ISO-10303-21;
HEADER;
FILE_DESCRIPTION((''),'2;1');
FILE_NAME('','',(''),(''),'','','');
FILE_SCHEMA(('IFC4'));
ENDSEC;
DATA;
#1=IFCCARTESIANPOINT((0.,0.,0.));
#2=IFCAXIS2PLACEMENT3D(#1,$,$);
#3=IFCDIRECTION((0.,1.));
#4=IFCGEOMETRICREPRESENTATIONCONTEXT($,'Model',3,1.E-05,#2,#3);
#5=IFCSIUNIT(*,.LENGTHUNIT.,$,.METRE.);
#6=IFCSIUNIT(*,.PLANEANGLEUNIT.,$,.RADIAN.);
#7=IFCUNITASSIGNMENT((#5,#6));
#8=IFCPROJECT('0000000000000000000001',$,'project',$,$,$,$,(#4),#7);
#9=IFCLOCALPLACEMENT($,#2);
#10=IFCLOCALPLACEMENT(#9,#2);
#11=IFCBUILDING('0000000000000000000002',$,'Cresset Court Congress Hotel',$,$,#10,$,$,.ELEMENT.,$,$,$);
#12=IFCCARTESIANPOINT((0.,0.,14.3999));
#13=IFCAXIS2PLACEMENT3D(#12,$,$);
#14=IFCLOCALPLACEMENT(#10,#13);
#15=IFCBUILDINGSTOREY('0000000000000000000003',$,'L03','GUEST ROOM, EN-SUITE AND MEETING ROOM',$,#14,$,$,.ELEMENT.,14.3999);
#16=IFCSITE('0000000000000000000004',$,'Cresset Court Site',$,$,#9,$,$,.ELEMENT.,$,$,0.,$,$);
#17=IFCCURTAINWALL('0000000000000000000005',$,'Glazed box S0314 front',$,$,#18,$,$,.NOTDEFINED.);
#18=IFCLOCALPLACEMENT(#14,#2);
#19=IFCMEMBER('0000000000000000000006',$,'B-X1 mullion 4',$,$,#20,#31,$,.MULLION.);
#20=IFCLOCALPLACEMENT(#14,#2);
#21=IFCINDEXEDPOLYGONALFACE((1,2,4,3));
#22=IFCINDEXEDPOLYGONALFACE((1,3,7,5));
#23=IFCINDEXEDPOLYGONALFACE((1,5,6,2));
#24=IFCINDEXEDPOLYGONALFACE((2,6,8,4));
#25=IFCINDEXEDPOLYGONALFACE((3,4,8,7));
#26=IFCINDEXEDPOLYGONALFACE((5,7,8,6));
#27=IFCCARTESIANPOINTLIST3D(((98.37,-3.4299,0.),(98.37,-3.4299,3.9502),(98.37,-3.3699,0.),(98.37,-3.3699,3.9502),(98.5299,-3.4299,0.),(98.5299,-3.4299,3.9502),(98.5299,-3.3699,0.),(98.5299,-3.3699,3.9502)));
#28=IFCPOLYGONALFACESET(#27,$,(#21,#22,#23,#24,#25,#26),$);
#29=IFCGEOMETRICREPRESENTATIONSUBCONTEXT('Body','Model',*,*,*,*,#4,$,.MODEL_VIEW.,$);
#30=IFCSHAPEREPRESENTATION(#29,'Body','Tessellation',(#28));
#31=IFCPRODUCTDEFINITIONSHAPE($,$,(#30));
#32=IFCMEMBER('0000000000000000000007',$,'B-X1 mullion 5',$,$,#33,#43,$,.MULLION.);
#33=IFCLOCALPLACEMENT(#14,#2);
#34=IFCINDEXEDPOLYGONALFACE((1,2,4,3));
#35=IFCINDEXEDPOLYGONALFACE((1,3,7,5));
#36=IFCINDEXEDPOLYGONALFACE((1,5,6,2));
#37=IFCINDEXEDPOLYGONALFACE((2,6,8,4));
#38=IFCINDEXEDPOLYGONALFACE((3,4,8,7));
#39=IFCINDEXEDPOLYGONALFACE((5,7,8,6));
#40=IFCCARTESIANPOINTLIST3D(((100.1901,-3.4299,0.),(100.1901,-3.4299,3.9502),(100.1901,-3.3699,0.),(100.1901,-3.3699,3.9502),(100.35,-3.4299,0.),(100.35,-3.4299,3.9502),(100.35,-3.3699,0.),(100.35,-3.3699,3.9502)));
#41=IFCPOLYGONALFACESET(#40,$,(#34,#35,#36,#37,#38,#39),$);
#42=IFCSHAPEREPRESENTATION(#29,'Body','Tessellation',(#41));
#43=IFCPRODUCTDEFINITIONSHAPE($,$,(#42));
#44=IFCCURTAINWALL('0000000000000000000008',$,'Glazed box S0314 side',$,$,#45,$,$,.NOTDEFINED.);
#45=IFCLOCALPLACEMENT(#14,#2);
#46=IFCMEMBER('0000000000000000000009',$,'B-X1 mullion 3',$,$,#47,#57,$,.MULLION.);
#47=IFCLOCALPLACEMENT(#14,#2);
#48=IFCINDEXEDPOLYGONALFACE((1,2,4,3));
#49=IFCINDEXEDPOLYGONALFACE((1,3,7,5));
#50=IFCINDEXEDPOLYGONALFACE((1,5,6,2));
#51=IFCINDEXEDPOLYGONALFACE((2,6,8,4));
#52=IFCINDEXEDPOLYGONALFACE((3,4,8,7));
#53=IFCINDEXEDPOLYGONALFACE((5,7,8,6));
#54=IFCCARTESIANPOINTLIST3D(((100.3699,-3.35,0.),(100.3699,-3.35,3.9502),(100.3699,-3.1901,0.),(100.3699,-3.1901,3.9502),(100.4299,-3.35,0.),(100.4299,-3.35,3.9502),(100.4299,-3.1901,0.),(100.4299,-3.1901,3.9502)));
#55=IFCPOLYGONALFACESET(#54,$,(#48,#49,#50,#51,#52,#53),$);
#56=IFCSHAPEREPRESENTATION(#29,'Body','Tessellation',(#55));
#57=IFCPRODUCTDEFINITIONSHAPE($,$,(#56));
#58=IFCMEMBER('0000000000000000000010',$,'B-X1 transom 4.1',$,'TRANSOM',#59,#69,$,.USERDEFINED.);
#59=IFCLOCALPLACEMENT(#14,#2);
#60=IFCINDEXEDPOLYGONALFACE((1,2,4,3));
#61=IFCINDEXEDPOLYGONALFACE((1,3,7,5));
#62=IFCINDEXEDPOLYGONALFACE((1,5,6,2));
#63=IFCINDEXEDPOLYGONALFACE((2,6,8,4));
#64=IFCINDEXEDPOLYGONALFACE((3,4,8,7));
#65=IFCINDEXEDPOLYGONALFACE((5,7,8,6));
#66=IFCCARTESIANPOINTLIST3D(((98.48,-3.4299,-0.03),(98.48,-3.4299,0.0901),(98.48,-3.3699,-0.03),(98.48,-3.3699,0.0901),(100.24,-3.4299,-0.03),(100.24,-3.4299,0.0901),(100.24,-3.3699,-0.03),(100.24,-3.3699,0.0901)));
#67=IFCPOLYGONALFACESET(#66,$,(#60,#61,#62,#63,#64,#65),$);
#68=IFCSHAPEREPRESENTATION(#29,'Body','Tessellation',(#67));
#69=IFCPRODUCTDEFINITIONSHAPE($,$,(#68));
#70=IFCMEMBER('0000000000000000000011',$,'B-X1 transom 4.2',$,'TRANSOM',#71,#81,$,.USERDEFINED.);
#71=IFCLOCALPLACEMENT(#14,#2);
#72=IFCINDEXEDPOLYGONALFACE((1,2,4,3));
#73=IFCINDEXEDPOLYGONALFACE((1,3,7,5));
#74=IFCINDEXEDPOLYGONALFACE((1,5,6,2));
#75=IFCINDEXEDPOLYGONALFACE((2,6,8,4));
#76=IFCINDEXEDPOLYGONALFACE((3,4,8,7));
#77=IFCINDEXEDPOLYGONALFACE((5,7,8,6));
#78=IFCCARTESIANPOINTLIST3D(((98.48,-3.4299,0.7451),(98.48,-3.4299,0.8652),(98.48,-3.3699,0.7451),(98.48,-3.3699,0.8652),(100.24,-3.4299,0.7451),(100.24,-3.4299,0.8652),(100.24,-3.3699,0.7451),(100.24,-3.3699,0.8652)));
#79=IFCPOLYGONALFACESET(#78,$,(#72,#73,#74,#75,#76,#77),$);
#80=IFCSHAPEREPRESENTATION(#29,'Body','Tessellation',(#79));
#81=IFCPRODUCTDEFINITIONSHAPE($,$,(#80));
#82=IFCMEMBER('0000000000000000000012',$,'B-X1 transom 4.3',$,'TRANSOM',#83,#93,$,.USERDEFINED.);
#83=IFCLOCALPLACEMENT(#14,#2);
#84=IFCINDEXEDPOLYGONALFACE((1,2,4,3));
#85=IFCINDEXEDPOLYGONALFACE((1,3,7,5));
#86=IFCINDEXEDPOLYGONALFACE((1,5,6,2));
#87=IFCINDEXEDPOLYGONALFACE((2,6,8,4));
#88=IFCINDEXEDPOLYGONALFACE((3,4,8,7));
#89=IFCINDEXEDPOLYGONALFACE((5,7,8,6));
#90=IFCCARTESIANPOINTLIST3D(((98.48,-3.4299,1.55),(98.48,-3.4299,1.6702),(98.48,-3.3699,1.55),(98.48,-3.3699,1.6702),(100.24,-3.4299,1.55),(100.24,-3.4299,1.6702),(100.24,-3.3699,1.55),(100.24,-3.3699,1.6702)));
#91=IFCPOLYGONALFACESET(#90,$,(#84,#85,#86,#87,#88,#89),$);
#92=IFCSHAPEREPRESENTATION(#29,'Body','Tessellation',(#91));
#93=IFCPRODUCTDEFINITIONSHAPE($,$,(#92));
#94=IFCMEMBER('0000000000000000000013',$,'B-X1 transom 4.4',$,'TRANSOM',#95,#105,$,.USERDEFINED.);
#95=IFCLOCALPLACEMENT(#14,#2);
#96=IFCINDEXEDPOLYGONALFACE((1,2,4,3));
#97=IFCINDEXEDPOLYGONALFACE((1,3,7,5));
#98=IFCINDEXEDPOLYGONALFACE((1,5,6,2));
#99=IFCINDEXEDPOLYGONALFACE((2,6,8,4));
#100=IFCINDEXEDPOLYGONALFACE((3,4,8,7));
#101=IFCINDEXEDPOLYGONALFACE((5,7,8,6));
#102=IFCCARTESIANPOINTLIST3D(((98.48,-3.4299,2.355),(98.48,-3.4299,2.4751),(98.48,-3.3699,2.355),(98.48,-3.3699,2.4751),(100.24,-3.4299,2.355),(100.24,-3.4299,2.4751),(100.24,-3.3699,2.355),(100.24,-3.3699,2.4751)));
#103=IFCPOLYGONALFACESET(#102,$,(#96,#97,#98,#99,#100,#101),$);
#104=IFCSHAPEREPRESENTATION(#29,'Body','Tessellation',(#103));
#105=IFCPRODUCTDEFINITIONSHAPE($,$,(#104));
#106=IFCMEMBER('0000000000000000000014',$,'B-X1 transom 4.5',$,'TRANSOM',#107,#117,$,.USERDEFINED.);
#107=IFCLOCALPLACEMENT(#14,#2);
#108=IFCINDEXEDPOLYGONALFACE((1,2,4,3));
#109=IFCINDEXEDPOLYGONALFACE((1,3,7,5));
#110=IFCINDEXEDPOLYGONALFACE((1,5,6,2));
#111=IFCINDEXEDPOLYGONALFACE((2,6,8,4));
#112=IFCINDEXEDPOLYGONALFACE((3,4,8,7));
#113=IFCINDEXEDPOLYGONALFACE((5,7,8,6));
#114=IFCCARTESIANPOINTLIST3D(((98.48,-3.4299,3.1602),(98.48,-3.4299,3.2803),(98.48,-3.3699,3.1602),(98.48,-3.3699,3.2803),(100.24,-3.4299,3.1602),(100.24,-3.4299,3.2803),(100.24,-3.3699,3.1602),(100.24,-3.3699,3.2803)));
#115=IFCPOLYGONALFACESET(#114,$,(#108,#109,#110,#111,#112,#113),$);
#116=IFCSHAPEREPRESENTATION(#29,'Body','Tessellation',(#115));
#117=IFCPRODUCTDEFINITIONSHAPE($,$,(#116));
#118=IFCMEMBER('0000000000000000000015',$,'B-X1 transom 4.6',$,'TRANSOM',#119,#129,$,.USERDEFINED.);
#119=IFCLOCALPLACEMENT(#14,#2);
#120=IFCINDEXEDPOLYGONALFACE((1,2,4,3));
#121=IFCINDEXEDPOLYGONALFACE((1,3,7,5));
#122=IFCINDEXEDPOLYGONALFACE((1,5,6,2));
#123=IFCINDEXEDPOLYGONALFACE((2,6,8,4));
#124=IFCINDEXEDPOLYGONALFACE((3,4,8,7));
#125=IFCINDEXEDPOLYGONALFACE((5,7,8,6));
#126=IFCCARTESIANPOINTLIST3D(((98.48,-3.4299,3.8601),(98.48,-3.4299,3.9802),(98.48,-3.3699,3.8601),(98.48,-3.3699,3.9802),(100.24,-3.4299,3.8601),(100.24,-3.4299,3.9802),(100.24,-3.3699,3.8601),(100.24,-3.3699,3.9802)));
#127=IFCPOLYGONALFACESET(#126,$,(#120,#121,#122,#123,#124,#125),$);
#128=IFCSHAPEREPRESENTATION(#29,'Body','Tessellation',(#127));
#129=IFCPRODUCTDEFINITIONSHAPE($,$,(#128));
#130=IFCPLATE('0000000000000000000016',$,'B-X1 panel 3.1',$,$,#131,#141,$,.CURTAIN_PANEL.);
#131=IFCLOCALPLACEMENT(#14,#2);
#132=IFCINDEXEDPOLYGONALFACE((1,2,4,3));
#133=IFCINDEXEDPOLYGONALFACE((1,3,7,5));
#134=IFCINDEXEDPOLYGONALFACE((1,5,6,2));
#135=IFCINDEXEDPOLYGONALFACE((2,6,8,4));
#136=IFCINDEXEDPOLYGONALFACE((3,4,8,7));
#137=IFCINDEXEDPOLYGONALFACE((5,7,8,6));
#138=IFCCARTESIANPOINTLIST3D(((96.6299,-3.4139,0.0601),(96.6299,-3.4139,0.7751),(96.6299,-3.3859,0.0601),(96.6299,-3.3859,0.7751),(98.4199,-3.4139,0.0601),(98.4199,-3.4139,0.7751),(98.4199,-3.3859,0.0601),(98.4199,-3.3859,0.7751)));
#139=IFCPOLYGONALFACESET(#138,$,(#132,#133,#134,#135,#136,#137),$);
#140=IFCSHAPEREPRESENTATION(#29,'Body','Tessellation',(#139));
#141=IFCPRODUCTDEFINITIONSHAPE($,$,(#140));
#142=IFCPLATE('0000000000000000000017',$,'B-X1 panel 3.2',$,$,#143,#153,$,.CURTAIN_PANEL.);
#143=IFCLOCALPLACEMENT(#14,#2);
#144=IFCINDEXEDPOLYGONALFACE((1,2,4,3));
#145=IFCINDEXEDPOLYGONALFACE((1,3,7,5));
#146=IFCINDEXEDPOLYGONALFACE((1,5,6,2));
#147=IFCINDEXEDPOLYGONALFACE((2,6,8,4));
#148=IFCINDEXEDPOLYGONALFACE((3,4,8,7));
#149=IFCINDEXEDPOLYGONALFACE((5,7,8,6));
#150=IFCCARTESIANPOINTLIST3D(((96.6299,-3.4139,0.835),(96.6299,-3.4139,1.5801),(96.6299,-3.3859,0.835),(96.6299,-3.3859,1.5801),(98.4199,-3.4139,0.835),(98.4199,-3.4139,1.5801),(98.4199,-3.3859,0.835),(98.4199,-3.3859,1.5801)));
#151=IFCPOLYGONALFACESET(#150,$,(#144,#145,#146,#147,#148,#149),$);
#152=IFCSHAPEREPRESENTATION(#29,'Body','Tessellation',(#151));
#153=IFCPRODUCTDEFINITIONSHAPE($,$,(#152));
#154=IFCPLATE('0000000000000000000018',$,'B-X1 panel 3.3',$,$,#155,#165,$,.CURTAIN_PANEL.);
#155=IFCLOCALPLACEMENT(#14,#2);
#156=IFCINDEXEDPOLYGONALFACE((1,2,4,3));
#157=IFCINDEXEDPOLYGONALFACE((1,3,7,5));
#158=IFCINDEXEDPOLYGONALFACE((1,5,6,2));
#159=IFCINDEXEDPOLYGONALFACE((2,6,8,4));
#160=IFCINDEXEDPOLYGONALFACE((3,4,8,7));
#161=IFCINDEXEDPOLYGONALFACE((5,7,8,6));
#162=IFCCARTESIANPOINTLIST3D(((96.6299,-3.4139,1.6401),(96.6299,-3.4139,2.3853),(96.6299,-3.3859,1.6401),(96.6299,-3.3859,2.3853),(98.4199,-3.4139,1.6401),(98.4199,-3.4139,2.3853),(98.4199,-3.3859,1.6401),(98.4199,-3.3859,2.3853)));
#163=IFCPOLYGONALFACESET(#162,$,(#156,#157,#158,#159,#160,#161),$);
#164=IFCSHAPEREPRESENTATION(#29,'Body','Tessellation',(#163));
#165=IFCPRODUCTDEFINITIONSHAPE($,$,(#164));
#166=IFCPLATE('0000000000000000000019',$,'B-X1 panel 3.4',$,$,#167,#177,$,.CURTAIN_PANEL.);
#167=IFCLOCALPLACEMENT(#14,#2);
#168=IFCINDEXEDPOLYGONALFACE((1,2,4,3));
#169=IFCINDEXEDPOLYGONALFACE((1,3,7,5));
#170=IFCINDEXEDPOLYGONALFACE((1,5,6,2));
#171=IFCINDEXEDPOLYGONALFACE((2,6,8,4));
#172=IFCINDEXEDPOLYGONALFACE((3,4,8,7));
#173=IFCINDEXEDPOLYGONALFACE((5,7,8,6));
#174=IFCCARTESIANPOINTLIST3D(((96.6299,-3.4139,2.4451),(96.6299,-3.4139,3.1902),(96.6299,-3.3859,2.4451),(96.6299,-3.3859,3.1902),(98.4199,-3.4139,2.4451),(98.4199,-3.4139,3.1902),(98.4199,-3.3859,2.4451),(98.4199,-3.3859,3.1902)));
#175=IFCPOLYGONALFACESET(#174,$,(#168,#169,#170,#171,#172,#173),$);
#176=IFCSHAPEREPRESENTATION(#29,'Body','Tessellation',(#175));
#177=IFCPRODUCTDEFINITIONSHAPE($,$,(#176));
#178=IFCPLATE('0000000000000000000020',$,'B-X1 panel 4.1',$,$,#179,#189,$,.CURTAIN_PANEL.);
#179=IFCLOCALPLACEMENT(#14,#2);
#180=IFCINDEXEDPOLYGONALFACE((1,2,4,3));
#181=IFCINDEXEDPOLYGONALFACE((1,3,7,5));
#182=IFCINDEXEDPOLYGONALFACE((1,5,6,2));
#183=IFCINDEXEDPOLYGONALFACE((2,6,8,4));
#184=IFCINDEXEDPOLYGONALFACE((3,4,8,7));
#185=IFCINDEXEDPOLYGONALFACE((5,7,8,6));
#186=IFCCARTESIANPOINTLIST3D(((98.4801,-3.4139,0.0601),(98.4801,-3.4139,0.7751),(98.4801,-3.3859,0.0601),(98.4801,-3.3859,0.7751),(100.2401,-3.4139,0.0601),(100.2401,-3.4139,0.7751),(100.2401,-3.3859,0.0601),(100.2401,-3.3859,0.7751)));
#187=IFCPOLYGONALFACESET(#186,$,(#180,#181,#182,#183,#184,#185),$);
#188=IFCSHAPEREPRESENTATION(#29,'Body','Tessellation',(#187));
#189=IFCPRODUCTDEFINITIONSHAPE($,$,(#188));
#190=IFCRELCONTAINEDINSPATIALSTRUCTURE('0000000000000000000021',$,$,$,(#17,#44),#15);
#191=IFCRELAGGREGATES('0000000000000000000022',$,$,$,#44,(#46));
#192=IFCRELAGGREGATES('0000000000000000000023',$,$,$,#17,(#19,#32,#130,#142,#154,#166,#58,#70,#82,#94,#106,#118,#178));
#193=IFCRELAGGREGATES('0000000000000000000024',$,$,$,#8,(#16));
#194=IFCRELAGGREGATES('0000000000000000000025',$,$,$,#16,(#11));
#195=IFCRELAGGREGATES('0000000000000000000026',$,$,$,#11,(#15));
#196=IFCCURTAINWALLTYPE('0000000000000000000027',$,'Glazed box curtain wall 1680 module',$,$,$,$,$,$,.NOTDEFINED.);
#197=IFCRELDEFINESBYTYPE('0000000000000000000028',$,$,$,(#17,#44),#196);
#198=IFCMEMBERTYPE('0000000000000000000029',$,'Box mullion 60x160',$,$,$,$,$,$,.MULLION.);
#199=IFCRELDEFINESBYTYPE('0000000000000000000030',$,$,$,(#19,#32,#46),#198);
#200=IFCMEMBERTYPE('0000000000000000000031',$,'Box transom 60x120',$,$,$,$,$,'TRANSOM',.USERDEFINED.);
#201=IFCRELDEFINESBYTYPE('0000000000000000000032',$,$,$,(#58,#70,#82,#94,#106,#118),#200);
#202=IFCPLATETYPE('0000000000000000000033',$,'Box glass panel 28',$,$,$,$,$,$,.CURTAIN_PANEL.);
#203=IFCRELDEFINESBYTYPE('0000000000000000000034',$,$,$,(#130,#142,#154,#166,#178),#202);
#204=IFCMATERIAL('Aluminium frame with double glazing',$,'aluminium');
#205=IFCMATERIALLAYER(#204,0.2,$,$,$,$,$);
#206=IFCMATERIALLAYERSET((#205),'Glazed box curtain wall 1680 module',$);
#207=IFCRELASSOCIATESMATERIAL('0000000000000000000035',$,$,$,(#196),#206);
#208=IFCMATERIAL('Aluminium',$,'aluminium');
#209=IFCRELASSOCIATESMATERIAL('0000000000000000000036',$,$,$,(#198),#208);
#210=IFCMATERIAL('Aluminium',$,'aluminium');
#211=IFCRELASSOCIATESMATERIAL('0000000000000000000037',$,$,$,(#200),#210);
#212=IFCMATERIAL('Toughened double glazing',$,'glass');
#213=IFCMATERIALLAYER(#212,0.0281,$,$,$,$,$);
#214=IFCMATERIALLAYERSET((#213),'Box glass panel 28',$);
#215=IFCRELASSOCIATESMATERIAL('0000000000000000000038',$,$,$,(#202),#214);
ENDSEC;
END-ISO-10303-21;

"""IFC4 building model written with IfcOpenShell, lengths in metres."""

from ifc_helpers import new_model, si_unit, direction, frame, origin, origin_2d, place, context, subcontext, project, spatial, rectangle, extrude, material, layer, layer_set, material_profile, profile_set, type_object, element, aggregate, save


model = new_model("IFC4")

# Units and contexts
model_context = context("Model", 3, precision=1e-05, world=origin(), true_north=direction((0.0, 1.0)))
body_context = subcontext(model_context, "Body", "Model", "MODEL_VIEW")
ifc_project = project(units=[si_unit("LENGTHUNIT", "METRE"), si_unit("PLANEANGLEUNIT", "RADIAN")], contexts=[model_context])

# Site, building, storey
site_placement = place(None, origin())
site = spatial("IfcSite", under=ifc_project, at=site_placement, Name="Cresset Court Site", CompositionType="ELEMENT", RefElevation=0.0)
building_placement = place(site_placement, origin())
building = spatial("IfcBuilding", under=site, at=building_placement, Name="Cresset Court Congress Hotel", CompositionType="ELEMENT")
storey_placement = place(building_placement, frame((0.0, 0.0, 14.3999)))
storey = spatial("IfcBuildingStorey", under=building, at=storey_placement, Name="L03", Description="GUEST ROOM, EN-SUITE AND MEETING ROOM", CompositionType="ELEMENT", Elevation=14.3999)

# Curtain wall, members
ifc_material_1 = material(Name="Aluminium frame with double glazing", Category="aluminium")
ifc_layer_1 = layer(ifc_material_1, 0.2)
ifc_layer_set_1 = layer_set([ifc_layer_1], Name="Glazed box curtain wall 1680 module")
curtain_wall_type = type_object("IfcCurtainWallType", Name="Glazed box curtain wall 1680 module", PredefinedType="NOTDEFINED", material=ifc_layer_set_1)
curtain_wall_1_placement = place(storey_placement, origin())
curtain_wall_1 = element("IfcCurtainWall", 1, at=curtain_wall_1_placement, inside=storey, type_object=curtain_wall_type, Name="Glazed box S0314 front", PredefinedType="NOTDEFINED")
ifc_material_2 = material(Name="Aluminium", Category="aluminium")
ifc_material_profile_1 = material_profile(ifc_material_2, rectangle(XDim=0.0601, YDim=0.1599, at=origin_2d()), Name="Box mullion 60x160")
ifc_profile_set_1 = profile_set([ifc_material_profile_1], Name="Aluminium")
member_type_1 = type_object("IfcMemberType", Name="Box mullion 60x160", PredefinedType="MULLION", material=ifc_profile_set_1)
member_1_placement = place(storey_placement, frame((98.45, -3.3999, 0.0), z_axis=(0.0, 0.0, 1.0), x_axis=(0.0, 1.0, 0.0)))
member_1 = element("IfcMember", 2, at=member_1_placement, type_object=member_type_1, Name="B-X1 mullion 4", PredefinedType="MULLION", context=body_context, shape_type="SweptSolid", body=[
    extrude(rectangle(XDim=0.0601, YDim=0.1599, at=origin_2d()), origin(), (0.0, 0.0, 1.0), 3.9502),
])
member_2_placement = place(storey_placement, frame((100.27, -3.3999, 0.0), z_axis=(0.0, 0.0, 1.0), x_axis=(0.0, 1.0, 0.0)))
member_2 = element("IfcMember", 3, at=member_2_placement, type_object=member_type_1, Name="B-X1 mullion 5", PredefinedType="MULLION", context=body_context, shape_type="SweptSolid", body=[
    extrude(rectangle(XDim=0.0601, YDim=0.1599, at=origin_2d()), origin(), (0.0, 0.0, 1.0), 3.9502),
])

# Curtain wall, member
curtain_wall_2_placement = place(storey_placement, origin())
curtain_wall_2 = element("IfcCurtainWall", 4, at=curtain_wall_2_placement, inside=storey, type_object=curtain_wall_type, Name="Glazed box S0314 side", PredefinedType="NOTDEFINED")
member_3_placement = place(storey_placement, frame((100.3999, -3.27, 0.0), z_axis=(0.0, 0.0, 1.0), x_axis=(1.0, 0.0, 0.0)))
member_3 = element("IfcMember", 5, at=member_3_placement, type_object=member_type_1, Name="B-X1 mullion 3", PredefinedType="MULLION", context=body_context, shape_type="SweptSolid", body=[
    extrude(rectangle(XDim=0.0601, YDim=0.1599, at=origin_2d()), origin(), (0.0, 0.0, 1.0), 3.9502),
])

# Members
ifc_material_3 = material(Name="Aluminium", Category="aluminium")
ifc_material_profile_2 = material_profile(ifc_material_3, rectangle(XDim=0.0601, YDim=0.1201, at=origin_2d()), Name="Box transom 60x120")
ifc_profile_set_2 = profile_set([ifc_material_profile_2], Name="Aluminium")
member_type_2 = type_object("IfcMemberType", Name="Box transom 60x120", ElementType="TRANSOM", PredefinedType="USERDEFINED", material=ifc_profile_set_2)
member_4_placement = place(storey_placement, frame((98.48, -3.3999, 0.03), z_axis=(1.0, 0.0, 0.0), x_axis=(0.0, 1.0, 0.0)))
member_4 = element("IfcMember", 6, at=member_4_placement, type_object=member_type_2, Name="B-X1 transom 4.1", ObjectType="TRANSOM", PredefinedType="USERDEFINED", context=body_context, shape_type="SweptSolid", body=[
    extrude(rectangle(XDim=0.0601, YDim=0.1201, at=origin_2d()), origin(), (0.0, 0.0, 1.0), 1.76),
])
member_5_placement = place(storey_placement, frame((98.48, -3.3999, 0.8052), z_axis=(1.0, 0.0, 0.0), x_axis=(0.0, 1.0, 0.0)))
member_5 = element("IfcMember", 7, at=member_5_placement, type_object=member_type_2, Name="B-X1 transom 4.2", ObjectType="TRANSOM", PredefinedType="USERDEFINED", context=body_context, shape_type="SweptSolid", body=[
    extrude(rectangle(XDim=0.0601, YDim=0.1201, at=origin_2d()), origin(), (0.0, 0.0, 1.0), 1.76),
])
member_6_placement = place(storey_placement, frame((98.48, -3.3999, 1.6101), z_axis=(1.0, 0.0, 0.0), x_axis=(0.0, 1.0, 0.0)))
member_6 = element("IfcMember", 8, at=member_6_placement, type_object=member_type_2, Name="B-X1 transom 4.3", ObjectType="TRANSOM", PredefinedType="USERDEFINED", context=body_context, shape_type="SweptSolid", body=[
    extrude(rectangle(XDim=0.0601, YDim=0.1201, at=origin_2d()), origin(), (0.0, 0.0, 1.0), 1.76),
])
member_7_placement = place(storey_placement, frame((98.48, -3.3999, 2.415), z_axis=(1.0, 0.0, 0.0), x_axis=(0.0, 1.0, 0.0)))
member_7 = element("IfcMember", 9, at=member_7_placement, type_object=member_type_2, Name="B-X1 transom 4.4", ObjectType="TRANSOM", PredefinedType="USERDEFINED", context=body_context, shape_type="SweptSolid", body=[
    extrude(rectangle(XDim=0.0601, YDim=0.1201, at=origin_2d()), origin(), (0.0, 0.0, 1.0), 1.76),
])
member_8_placement = place(storey_placement, frame((98.48, -3.3999, 3.2202), z_axis=(1.0, 0.0, 0.0), x_axis=(0.0, 1.0, 0.0)))
member_8 = element("IfcMember", 10, at=member_8_placement, type_object=member_type_2, Name="B-X1 transom 4.5", ObjectType="TRANSOM", PredefinedType="USERDEFINED", context=body_context, shape_type="SweptSolid", body=[
    extrude(rectangle(XDim=0.0601, YDim=0.1201, at=origin_2d()), origin(), (0.0, 0.0, 1.0), 1.76),
])
member_9_placement = place(storey_placement, frame((98.48, -3.3999, 3.9202), z_axis=(1.0, 0.0, 0.0), x_axis=(0.0, 1.0, 0.0)))
member_9 = element("IfcMember", 11, at=member_9_placement, type_object=member_type_2, Name="B-X1 transom 4.6", ObjectType="TRANSOM", PredefinedType="USERDEFINED", context=body_context, shape_type="SweptSolid", body=[
    extrude(rectangle(XDim=0.0601, YDim=0.1201, at=origin_2d()), origin(), (0.0, 0.0, 1.0), 1.76),
])

# Plates
ifc_material_4 = material(Name="Toughened double glazing", Category="glass")
ifc_layer_2 = layer(ifc_material_4, 0.0281)
ifc_layer_set_2 = layer_set([ifc_layer_2], Name="Box glass panel 28")
plate_type_1 = type_object("IfcPlateType", Name="Box glass panel 28", PredefinedType="CURTAIN_PANEL", material=ifc_layer_set_2)
plate_1_placement = place(storey_placement, frame((97.5249, -3.3999, 0.0601), z_axis=(0.0, 0.0, 1.0), x_axis=(1.0, 0.0, 0.0)))
plate_1 = element("IfcPlate", 12, at=plate_1_placement, type_object=plate_type_1, Name="B-X1 panel 3.1", PredefinedType="CURTAIN_PANEL", context=body_context, shape_type="SweptSolid", body=[
    extrude(rectangle(XDim=1.79, YDim=0.0281, at=origin_2d()), origin(), (0.0, 0.0, 1.0), 0.7151),
])
plate_2_placement = place(storey_placement, frame((97.5249, -3.3999, 0.835), z_axis=(0.0, 0.0, 1.0), x_axis=(1.0, 0.0, 0.0)))
plate_2 = element("IfcPlate", 13, at=plate_2_placement, type_object=plate_type_1, Name="B-X1 panel 3.2", PredefinedType="CURTAIN_PANEL", context=body_context, shape_type="SweptSolid", body=[
    extrude(rectangle(XDim=1.79, YDim=0.0281, at=origin_2d()), origin(), (0.0, 0.0, 1.0), 0.7451),
])
plate_3_placement = place(storey_placement, frame((97.5249, -3.3999, 1.6401), z_axis=(0.0, 0.0, 1.0), x_axis=(1.0, 0.0, 0.0)))
plate_3 = element("IfcPlate", 14, at=plate_3_placement, type_object=plate_type_1, Name="B-X1 panel 3.3", PredefinedType="CURTAIN_PANEL", context=body_context, shape_type="SweptSolid", body=[
    extrude(rectangle(XDim=1.79, YDim=0.0281, at=origin_2d()), origin(), (0.0, 0.0, 1.0), 0.7451),
])
plate_4_placement = place(storey_placement, frame((97.5249, -3.3999, 2.4451), z_axis=(0.0, 0.0, 1.0), x_axis=(1.0, 0.0, 0.0)))
plate_4 = element("IfcPlate", 15, at=plate_4_placement, type_object=plate_type_1, Name="B-X1 panel 3.4", PredefinedType="CURTAIN_PANEL", context=body_context, shape_type="SweptSolid", body=[
    extrude(rectangle(XDim=1.79, YDim=0.0281, at=origin_2d()), origin(), (0.0, 0.0, 1.0), 0.7451),
])
plate_5_placement = place(storey_placement, frame((99.3601, -3.3999, 0.0601), z_axis=(0.0, 0.0, 1.0), x_axis=(1.0, 0.0, 0.0)))
plate_5 = element("IfcPlate", 16, at=plate_5_placement, type_object=plate_type_1, Name="B-X1 panel 4.1", PredefinedType="CURTAIN_PANEL", context=body_context, shape_type="SweptSolid", body=[
    extrude(rectangle(XDim=1.76, YDim=0.0281, at=origin_2d()), origin(), (0.0, 0.0, 1.0), 0.7151),
])
aggregate(curtain_wall_2, [member_3])
aggregate(curtain_wall_1, [member_1, member_2, plate_1, plate_2, plate_3, plate_4, member_4, member_5, member_6, member_7, member_8, member_9, plate_5])

save(model, "model.ifc")
